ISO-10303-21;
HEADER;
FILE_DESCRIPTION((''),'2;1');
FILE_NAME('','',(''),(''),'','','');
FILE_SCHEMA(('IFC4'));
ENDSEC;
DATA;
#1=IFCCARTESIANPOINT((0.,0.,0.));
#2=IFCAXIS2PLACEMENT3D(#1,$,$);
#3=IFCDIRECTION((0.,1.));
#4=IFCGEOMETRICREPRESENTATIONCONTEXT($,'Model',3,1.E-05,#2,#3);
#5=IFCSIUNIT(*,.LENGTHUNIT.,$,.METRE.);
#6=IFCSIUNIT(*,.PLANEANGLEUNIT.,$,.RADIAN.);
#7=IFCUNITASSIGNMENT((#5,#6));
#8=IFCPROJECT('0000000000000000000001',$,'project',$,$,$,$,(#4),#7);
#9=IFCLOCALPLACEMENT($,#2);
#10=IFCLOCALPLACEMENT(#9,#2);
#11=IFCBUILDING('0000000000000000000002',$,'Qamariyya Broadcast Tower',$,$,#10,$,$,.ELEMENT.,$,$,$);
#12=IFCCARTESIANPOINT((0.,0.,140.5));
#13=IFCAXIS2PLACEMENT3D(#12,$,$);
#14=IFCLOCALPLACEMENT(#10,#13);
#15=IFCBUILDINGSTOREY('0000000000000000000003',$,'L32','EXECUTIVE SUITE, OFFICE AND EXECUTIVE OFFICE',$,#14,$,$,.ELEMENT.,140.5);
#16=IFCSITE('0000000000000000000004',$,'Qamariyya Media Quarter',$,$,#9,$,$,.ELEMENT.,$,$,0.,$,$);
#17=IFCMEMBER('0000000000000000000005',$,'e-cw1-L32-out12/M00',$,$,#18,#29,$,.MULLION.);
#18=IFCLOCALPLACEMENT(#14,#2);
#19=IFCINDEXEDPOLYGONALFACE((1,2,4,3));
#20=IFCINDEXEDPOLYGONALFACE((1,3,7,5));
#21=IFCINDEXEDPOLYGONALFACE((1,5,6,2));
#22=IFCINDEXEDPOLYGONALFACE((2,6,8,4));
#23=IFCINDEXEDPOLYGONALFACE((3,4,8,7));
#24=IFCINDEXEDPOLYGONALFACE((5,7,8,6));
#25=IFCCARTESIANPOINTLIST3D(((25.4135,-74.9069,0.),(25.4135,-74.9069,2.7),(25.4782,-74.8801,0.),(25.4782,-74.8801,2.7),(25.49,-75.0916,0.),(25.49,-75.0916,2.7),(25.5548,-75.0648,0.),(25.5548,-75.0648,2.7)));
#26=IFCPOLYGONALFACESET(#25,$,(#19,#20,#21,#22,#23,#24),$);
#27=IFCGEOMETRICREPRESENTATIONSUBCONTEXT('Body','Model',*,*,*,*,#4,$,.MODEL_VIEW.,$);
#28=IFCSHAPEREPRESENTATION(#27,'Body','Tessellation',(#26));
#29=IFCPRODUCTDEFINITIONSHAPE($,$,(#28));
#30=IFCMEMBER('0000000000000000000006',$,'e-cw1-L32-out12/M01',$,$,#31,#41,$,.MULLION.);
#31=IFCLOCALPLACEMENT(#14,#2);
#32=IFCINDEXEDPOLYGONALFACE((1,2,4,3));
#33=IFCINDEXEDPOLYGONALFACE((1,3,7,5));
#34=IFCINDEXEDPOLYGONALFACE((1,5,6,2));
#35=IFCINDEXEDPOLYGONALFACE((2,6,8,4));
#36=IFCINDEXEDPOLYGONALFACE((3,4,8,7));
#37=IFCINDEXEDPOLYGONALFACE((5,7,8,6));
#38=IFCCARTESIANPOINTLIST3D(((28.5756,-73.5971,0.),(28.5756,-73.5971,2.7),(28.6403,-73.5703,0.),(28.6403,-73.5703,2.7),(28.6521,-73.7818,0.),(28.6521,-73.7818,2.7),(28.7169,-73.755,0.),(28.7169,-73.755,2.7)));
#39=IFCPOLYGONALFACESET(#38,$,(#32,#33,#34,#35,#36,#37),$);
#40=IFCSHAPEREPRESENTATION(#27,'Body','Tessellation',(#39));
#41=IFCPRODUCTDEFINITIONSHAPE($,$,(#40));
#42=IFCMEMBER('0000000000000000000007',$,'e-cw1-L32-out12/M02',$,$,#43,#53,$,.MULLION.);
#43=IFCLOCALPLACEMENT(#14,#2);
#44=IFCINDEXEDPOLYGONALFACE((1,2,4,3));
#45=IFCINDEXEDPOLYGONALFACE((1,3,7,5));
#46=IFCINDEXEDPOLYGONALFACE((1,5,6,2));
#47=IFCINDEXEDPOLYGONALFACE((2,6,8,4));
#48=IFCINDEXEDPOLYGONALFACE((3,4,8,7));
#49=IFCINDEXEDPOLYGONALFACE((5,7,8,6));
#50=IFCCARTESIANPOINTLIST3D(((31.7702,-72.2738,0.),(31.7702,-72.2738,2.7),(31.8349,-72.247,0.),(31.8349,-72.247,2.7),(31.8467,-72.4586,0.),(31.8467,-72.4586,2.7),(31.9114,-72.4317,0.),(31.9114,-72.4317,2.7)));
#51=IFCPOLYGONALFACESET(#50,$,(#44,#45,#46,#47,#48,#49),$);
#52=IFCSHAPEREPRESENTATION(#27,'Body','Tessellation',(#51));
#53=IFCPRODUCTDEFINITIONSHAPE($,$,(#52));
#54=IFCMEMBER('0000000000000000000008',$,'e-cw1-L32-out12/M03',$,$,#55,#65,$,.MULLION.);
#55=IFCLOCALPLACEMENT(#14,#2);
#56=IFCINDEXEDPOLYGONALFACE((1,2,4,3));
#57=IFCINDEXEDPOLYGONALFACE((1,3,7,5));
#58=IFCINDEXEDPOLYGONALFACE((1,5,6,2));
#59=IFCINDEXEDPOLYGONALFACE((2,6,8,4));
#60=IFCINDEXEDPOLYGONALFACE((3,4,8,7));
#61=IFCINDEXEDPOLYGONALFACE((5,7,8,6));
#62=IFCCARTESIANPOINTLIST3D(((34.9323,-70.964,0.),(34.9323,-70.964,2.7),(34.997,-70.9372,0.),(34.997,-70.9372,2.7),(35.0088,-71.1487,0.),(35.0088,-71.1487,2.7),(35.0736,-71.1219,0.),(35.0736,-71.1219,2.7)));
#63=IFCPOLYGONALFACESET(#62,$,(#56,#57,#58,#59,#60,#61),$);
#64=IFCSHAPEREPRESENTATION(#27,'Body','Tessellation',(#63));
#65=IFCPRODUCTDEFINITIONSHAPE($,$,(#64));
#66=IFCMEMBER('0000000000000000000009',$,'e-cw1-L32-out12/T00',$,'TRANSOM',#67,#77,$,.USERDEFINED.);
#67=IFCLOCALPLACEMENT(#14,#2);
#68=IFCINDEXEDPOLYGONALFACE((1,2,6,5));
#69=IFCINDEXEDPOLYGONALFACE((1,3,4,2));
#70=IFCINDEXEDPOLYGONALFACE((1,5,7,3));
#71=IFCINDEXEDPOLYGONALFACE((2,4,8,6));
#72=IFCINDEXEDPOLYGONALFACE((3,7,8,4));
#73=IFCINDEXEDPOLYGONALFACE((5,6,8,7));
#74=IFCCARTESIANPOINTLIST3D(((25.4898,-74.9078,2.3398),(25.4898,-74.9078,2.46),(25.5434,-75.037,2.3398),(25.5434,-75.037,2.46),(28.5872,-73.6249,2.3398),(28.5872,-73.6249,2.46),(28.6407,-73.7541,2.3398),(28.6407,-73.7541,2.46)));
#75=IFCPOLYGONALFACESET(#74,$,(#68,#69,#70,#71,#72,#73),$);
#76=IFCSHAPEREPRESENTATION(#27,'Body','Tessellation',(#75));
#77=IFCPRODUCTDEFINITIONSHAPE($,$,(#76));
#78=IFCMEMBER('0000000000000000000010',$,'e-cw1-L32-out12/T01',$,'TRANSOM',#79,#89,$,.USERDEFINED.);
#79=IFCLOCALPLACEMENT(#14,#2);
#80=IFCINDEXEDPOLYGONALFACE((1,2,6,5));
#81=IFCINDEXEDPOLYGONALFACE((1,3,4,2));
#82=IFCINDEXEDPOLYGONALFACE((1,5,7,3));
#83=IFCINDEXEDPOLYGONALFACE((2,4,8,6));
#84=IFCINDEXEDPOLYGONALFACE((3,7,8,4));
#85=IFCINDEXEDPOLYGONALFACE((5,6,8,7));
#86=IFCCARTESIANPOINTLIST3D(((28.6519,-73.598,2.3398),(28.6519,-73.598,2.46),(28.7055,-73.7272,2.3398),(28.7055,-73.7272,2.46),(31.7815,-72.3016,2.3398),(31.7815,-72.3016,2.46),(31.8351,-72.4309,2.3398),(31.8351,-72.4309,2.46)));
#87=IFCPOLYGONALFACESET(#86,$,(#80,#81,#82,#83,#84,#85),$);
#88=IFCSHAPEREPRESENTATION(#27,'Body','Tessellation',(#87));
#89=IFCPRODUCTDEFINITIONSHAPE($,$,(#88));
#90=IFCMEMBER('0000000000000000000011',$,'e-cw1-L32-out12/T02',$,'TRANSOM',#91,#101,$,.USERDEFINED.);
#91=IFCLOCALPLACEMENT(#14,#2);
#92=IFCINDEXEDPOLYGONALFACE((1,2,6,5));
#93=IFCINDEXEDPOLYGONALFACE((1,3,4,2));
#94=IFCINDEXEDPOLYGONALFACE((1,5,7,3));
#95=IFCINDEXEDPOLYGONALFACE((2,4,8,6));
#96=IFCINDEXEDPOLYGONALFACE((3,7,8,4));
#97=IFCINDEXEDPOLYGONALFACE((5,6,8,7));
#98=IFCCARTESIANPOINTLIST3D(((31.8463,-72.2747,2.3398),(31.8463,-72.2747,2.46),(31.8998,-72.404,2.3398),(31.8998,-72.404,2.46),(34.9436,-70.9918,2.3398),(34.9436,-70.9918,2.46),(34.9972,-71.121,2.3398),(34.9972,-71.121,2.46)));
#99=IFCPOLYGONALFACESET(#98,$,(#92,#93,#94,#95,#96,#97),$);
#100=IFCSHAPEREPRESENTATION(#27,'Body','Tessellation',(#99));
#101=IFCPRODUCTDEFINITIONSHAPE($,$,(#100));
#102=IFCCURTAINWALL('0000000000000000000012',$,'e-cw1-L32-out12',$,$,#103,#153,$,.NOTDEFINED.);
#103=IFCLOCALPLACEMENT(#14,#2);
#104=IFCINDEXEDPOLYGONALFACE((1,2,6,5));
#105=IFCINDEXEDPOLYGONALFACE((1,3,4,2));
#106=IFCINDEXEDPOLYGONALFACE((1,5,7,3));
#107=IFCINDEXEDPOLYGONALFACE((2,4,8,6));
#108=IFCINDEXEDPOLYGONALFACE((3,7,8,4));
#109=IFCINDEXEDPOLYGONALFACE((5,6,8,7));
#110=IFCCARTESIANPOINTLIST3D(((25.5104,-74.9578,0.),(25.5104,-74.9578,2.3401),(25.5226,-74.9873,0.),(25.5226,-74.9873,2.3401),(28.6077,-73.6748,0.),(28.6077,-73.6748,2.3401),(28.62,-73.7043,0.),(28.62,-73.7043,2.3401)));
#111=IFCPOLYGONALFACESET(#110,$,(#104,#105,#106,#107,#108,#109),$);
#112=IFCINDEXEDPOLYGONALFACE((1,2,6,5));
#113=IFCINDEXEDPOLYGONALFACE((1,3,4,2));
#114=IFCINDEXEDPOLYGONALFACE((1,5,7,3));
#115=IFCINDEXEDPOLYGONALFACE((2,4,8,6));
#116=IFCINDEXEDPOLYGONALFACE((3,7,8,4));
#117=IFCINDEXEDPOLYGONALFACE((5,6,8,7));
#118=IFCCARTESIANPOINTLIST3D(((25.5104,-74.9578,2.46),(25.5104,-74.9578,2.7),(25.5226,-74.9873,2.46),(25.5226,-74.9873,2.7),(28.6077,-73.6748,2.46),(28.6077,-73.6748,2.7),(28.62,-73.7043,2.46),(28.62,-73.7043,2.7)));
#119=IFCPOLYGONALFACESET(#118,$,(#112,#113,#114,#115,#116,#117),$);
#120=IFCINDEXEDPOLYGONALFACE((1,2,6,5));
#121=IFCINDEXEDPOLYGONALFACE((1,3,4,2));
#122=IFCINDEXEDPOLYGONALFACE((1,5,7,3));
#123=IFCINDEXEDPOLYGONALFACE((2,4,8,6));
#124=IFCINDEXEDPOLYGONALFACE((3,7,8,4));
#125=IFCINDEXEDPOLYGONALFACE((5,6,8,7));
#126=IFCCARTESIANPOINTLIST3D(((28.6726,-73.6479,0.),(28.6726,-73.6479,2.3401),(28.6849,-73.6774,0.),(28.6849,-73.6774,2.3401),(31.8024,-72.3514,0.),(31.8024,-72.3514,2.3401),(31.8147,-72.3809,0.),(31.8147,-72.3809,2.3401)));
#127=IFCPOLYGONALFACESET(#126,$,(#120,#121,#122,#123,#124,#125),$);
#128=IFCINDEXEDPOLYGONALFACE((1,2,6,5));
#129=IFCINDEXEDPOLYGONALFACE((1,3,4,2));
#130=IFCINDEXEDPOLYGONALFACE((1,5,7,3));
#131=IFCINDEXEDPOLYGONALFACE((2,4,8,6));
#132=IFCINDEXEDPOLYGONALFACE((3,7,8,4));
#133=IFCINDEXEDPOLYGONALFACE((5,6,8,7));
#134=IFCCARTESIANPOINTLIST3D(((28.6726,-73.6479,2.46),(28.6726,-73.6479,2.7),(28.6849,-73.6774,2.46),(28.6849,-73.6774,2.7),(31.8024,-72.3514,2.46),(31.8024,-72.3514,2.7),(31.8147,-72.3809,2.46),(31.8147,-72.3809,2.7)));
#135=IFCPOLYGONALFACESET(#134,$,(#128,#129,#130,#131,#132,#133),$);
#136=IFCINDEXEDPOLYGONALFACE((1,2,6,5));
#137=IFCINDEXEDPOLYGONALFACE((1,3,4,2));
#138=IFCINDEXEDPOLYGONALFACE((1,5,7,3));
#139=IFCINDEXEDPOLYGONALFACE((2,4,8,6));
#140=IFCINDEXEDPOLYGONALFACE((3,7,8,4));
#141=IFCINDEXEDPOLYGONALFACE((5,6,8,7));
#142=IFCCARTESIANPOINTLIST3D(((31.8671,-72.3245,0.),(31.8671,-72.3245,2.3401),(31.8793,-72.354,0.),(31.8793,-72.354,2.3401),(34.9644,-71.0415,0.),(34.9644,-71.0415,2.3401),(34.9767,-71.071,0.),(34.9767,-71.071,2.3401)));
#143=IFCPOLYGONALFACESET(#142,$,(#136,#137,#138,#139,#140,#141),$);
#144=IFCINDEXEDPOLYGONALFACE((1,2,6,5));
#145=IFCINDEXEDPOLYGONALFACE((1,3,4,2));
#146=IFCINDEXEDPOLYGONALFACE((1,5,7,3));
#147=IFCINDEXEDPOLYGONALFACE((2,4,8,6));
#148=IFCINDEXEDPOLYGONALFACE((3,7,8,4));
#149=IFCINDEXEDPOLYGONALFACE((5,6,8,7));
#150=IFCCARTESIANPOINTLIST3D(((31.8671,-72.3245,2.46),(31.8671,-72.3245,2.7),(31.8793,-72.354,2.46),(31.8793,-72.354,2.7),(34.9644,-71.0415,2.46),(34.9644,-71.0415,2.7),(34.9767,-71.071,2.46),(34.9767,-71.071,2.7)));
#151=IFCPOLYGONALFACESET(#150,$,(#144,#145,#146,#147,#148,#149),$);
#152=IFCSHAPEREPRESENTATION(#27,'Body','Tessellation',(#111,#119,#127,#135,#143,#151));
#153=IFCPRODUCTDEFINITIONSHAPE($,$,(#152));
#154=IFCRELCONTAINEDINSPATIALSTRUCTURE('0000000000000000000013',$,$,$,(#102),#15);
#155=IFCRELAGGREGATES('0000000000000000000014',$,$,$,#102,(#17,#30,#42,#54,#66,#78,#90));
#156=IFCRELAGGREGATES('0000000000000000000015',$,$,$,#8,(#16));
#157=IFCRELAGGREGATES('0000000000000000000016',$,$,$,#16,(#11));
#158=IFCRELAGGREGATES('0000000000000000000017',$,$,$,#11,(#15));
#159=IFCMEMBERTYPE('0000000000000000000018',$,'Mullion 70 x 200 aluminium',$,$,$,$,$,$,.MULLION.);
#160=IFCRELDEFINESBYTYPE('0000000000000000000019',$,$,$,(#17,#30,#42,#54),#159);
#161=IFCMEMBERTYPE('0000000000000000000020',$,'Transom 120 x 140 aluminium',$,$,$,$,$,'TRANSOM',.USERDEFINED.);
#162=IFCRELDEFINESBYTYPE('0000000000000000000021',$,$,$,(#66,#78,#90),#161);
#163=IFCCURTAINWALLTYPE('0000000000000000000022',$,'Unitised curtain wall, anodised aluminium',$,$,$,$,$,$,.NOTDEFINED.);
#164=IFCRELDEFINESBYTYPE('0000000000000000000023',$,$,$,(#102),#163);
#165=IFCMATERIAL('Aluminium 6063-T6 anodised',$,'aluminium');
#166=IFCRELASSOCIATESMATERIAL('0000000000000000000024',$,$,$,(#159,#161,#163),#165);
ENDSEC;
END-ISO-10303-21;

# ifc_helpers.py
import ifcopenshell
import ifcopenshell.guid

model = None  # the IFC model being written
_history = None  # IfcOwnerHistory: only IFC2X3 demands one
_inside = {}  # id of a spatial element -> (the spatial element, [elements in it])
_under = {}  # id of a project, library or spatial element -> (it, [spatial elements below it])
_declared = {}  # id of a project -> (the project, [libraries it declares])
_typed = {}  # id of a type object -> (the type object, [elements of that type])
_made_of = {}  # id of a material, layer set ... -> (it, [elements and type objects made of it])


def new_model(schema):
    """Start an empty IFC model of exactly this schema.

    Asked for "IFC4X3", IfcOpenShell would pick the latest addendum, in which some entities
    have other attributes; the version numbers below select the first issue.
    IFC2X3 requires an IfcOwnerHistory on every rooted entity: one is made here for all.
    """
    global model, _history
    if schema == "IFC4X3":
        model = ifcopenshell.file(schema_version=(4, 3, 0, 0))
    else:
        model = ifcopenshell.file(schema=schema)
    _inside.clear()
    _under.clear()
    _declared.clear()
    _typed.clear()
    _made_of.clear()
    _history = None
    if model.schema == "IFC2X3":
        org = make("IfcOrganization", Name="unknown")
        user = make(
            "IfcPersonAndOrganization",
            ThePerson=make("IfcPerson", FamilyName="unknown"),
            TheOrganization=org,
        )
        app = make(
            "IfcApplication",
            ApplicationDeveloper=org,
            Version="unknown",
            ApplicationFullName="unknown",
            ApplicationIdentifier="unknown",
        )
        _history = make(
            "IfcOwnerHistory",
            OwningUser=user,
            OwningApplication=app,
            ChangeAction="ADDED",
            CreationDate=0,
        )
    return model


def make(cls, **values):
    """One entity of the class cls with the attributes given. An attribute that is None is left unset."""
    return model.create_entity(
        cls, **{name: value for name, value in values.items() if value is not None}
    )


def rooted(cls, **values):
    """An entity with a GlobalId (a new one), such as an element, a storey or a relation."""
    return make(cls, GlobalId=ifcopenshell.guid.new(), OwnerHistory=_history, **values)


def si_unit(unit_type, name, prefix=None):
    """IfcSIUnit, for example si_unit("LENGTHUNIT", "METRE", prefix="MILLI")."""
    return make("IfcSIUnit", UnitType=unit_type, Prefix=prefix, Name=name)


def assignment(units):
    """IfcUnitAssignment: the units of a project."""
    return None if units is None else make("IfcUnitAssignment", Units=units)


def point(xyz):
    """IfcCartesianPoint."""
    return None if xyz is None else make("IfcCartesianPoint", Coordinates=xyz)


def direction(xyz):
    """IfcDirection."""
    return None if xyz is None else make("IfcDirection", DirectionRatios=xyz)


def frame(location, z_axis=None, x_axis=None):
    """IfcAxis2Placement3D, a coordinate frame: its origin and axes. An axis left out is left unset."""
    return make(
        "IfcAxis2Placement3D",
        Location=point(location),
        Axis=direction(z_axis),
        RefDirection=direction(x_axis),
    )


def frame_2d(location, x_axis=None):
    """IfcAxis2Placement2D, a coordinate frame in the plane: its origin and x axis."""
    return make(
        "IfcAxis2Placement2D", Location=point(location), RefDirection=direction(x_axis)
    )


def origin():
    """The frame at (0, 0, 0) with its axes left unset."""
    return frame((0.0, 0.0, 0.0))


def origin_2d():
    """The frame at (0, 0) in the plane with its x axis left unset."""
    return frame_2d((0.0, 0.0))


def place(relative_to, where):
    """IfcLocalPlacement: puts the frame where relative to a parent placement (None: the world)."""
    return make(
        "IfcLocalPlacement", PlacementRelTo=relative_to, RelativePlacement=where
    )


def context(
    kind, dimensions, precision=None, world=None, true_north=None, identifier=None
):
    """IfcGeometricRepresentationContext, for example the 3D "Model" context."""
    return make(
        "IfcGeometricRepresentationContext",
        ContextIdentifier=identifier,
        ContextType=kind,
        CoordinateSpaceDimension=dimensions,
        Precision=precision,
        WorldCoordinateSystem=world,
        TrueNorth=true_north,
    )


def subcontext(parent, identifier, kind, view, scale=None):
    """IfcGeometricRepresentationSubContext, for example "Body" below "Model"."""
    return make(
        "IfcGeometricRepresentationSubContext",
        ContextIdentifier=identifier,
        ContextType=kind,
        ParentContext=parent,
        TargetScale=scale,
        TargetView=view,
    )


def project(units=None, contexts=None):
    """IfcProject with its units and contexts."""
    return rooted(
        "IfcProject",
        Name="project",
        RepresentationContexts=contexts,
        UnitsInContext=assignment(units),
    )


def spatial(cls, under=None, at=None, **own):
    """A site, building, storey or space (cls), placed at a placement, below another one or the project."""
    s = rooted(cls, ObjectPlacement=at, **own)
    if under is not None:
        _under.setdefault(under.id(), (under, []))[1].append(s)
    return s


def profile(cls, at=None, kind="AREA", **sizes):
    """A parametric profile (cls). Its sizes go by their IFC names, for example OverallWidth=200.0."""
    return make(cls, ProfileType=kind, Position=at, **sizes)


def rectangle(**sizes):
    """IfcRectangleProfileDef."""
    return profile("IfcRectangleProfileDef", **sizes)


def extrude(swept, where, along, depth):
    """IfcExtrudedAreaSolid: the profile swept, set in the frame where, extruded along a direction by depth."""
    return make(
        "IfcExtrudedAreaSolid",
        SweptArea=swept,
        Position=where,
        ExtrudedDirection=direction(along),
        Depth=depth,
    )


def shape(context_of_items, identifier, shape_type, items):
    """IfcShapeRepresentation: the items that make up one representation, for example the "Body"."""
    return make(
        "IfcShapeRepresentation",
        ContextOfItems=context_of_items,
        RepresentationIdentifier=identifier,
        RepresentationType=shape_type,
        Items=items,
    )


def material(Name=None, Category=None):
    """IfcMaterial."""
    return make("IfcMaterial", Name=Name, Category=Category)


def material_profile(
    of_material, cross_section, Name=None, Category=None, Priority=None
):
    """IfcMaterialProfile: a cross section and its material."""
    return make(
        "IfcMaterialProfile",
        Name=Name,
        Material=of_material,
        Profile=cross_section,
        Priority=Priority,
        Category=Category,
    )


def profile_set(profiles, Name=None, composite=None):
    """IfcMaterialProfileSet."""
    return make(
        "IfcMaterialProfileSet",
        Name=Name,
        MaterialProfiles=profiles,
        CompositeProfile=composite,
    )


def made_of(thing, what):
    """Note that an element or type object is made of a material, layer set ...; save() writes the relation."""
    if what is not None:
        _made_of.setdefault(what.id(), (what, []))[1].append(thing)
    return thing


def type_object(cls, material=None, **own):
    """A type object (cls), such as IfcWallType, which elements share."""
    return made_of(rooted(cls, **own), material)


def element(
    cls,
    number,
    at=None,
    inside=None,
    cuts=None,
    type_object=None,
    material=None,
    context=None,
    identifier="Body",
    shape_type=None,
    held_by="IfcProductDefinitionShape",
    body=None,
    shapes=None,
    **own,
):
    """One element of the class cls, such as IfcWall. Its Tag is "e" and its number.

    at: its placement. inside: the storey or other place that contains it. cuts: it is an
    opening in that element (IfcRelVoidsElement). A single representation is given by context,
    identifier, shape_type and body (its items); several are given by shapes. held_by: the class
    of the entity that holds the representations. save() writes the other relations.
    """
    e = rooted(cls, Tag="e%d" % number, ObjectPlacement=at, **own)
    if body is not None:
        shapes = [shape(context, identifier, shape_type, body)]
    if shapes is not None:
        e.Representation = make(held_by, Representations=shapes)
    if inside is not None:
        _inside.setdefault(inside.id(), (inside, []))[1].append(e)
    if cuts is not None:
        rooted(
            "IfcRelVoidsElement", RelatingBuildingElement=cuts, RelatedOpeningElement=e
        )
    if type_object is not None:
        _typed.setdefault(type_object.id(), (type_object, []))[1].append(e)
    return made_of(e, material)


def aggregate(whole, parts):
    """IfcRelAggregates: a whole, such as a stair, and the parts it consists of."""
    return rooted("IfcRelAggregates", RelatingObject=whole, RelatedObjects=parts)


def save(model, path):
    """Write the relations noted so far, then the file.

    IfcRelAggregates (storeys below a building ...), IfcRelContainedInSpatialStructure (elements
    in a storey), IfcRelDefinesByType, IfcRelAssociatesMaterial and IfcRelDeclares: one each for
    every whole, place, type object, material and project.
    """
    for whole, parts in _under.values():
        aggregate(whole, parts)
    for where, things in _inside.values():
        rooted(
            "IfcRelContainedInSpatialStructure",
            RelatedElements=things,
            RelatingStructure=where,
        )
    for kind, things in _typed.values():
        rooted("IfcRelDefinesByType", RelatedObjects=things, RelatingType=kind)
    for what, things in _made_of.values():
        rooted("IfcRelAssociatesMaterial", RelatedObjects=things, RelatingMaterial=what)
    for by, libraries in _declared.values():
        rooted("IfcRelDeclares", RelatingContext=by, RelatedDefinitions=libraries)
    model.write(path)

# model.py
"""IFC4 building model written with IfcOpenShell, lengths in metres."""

from ifc_helpers import new_model, si_unit, direction, frame, origin, origin_2d, place, context, subcontext, project, spatial, rectangle, extrude, material, material_profile, profile_set, type_object, element, aggregate, save


model = new_model("IFC4")

# Units and contexts
model_context = context("Model", 3, precision=1e-05, world=origin(), true_north=direction((0.0, 1.0)))
body_context = subcontext(model_context, "Body", "Model", "MODEL_VIEW")
ifc_project = project(units=[si_unit("LENGTHUNIT", "METRE"), si_unit("PLANEANGLEUNIT", "RADIAN")], contexts=[model_context])

# Members
ifc_material = material(Name="Aluminium 6063-T6 anodised", Category="aluminium")
ifc_material_profile_1 = material_profile(ifc_material, rectangle(XDim=0.2, YDim=0.0701, at=origin_2d()))
ifc_profile_set_1 = profile_set([ifc_material_profile_1], Name="Aluminium 6063-T6 anodised")
member_type_1 = type_object("IfcMemberType", Name="Mullion 70 x 200 aluminium", PredefinedType="MULLION", material=ifc_profile_set_1)
site_placement = place(None, origin())
building_placement = place(site_placement, origin())
storey_placement = place(building_placement, frame((0.0, 0.0, 140.5)))
member_1_placement = place(storey_placement, frame((25.4841, -74.9858, 0.0), z_axis=(0.0, 0.0, 1.0), x_axis=(-0.382683, 0.92388, 0.0)))
member_1 = element("IfcMember", 1, at=member_1_placement, type_object=member_type_1, Name="e-cw1-L32-out12/M00", PredefinedType="MULLION", context=body_context, shape_type="SweptSolid", body=[
    extrude(rectangle(XDim=0.2, YDim=0.0701, at=origin_2d()), origin(), (0.0, 0.0, 1.0), 2.7),
])
member_2_placement = place(storey_placement, frame((28.6462, -73.676, 0.0), z_axis=(0.0, 0.0, 1.0), x_axis=(-0.382683, 0.92388, 0.0)))
member_2 = element("IfcMember", 2, at=member_2_placement, type_object=member_type_1, Name="e-cw1-L32-out12/M01", PredefinedType="MULLION", context=body_context, shape_type="SweptSolid", body=[
    extrude(rectangle(XDim=0.2, YDim=0.0701, at=origin_2d()), origin(), (0.0, 0.0, 1.0), 2.7),
])
member_3_placement = place(storey_placement, frame((31.8408, -72.3528, 0.0), z_axis=(0.0, 0.0, 1.0), x_axis=(-0.382683, 0.92388, 0.0)))
member_3 = element("IfcMember", 3, at=member_3_placement, type_object=member_type_1, Name="e-cw1-L32-out12/M02", PredefinedType="MULLION", context=body_context, shape_type="SweptSolid", body=[
    extrude(rectangle(XDim=0.2, YDim=0.0701, at=origin_2d()), origin(), (0.0, 0.0, 1.0), 2.7),
])
member_4_placement = place(storey_placement, frame((35.0029, -71.043, 0.0), z_axis=(0.0, 0.0, 1.0), x_axis=(-0.382683, 0.92388, 0.0)))
member_4 = element("IfcMember", 4, at=member_4_placement, type_object=member_type_1, Name="e-cw1-L32-out12/M03", PredefinedType="MULLION", context=body_context, shape_type="SweptSolid", body=[
    extrude(rectangle(XDim=0.2, YDim=0.0701, at=origin_2d()), origin(), (0.0, 0.0, 1.0), 2.7),
])
ifc_material_profile_2 = material_profile(ifc_material, rectangle(XDim=0.1399, YDim=0.1201, at=origin_2d()))
ifc_profile_set_2 = profile_set([ifc_material_profile_2], Name="Aluminium 6063-T6 anodised")
member_type_2 = type_object("IfcMemberType", Name="Transom 120 x 140 aluminium", ElementType="TRANSOM", PredefinedType="USERDEFINED", material=ifc_profile_set_2)
member_5_placement = place(storey_placement, frame((25.5166, -74.9724, 2.3999), z_axis=(0.923883, 0.382676, 0.0), x_axis=(-0.382676, 0.923883, 0.0)))
member_5 = element("IfcMember", 5, at=member_5_placement, type_object=member_type_2, Name="e-cw1-L32-out12/T00", ObjectType="TRANSOM", PredefinedType="USERDEFINED", context=body_context, shape_type="SweptSolid", body=[
    extrude(rectangle(XDim=0.1399, YDim=0.1201, at=origin_2d()), origin(), (0.0, 0.0, 1.0), 3.3525),
])
member_6_placement = place(storey_placement, frame((28.6787, -73.6626, 2.3999), z_axis=(0.923875, 0.382696, 0.0), x_axis=(-0.382696, 0.923875, 0.0)))
member_6 = element("IfcMember", 6, at=member_6_placement, type_object=member_type_2, Name="e-cw1-L32-out12/T01", ObjectType="TRANSOM", PredefinedType="USERDEFINED", context=body_context, shape_type="SweptSolid", body=[
    extrude(rectangle(XDim=0.1399, YDim=0.1201, at=origin_2d()), origin(), (0.0, 0.0, 1.0), 3.3875),
])
member_7_placement = place(storey_placement, frame((31.873, -72.3394, 2.3999), z_axis=(0.923883, 0.382676, 0.0), x_axis=(-0.382676, 0.923883, 0.0)))
member_7 = element("IfcMember", 7, at=member_7_placement, type_object=member_type_2, Name="e-cw1-L32-out12/T02", ObjectType="TRANSOM", PredefinedType="USERDEFINED", context=body_context, shape_type="SweptSolid", body=[
    extrude(rectangle(XDim=0.1399, YDim=0.1201, at=origin_2d()), origin(), (0.0, 0.0, 1.0), 3.3525),
])

# Site, building, storey
site = spatial("IfcSite", under=ifc_project, at=site_placement, Name="Qamariyya Media Quarter", CompositionType="ELEMENT", RefElevation=0.0)
building = spatial("IfcBuilding", under=site, at=building_placement, Name="Qamariyya Broadcast Tower", CompositionType="ELEMENT")
storey = spatial("IfcBuildingStorey", under=building, at=storey_placement, Name="L32", Description="EXECUTIVE SUITE, OFFICE AND EXECUTIVE OFFICE", CompositionType="ELEMENT", Elevation=140.5)

# Curtain wall
curtain_wall_type = type_object("IfcCurtainWallType", Name="Unitised curtain wall, anodised aluminium", PredefinedType="NOTDEFINED", material=ifc_material)
curtain_wall_1_placement = place(storey_placement, origin())
curtain_wall_1 = element("IfcCurtainWall", 8, at=curtain_wall_1_placement, inside=storey, type_object=curtain_wall_type, Name="e-cw1-L32-out12", PredefinedType="NOTDEFINED", context=body_context, shape_type="SweptSolid", body=[
    extrude(rectangle(XDim=3.3525, YDim=0.032, at=origin_2d()), frame((27.0652, -74.3311, 0.0), x_axis=(0.923872, 0.382701, 0.0)), (0.0, 0.0, 1.0), 2.3401),
    extrude(rectangle(XDim=3.3525, YDim=0.032, at=origin_2d()), frame((27.0652, -74.3311, 2.46), x_axis=(0.923872, 0.382701, 0.0)), (0.0, 0.0, 1.0), 0.24),
    extrude(rectangle(XDim=3.3877, YDim=0.032, at=origin_2d()), frame((30.2437, -73.0144, 0.0), x_axis=(0.923872, 0.382701, 0.0)), (0.0, 0.0, 1.0), 2.3401),
    extrude(rectangle(XDim=3.3877, YDim=0.032, at=origin_2d()), frame((30.2437, -73.0144, 2.46), x_axis=(0.923872, 0.382701, 0.0)), (0.0, 0.0, 1.0), 0.24),
    extrude(rectangle(XDim=3.3525, YDim=0.032, at=origin_2d()), frame((33.4219, -71.6978, 0.0), x_axis=(0.923872, 0.382701, 0.0)), (0.0, 0.0, 1.0), 2.3401),
    extrude(rectangle(XDim=3.3525, YDim=0.032, at=origin_2d()), frame((33.4219, -71.6978, 2.46), x_axis=(0.923872, 0.382701, 0.0)), (0.0, 0.0, 1.0), 0.24),
])
aggregate(curtain_wall_1, [member_1, member_2, member_3, member_4, member_5, member_6, member_7])

save(model, "model.ifc")
